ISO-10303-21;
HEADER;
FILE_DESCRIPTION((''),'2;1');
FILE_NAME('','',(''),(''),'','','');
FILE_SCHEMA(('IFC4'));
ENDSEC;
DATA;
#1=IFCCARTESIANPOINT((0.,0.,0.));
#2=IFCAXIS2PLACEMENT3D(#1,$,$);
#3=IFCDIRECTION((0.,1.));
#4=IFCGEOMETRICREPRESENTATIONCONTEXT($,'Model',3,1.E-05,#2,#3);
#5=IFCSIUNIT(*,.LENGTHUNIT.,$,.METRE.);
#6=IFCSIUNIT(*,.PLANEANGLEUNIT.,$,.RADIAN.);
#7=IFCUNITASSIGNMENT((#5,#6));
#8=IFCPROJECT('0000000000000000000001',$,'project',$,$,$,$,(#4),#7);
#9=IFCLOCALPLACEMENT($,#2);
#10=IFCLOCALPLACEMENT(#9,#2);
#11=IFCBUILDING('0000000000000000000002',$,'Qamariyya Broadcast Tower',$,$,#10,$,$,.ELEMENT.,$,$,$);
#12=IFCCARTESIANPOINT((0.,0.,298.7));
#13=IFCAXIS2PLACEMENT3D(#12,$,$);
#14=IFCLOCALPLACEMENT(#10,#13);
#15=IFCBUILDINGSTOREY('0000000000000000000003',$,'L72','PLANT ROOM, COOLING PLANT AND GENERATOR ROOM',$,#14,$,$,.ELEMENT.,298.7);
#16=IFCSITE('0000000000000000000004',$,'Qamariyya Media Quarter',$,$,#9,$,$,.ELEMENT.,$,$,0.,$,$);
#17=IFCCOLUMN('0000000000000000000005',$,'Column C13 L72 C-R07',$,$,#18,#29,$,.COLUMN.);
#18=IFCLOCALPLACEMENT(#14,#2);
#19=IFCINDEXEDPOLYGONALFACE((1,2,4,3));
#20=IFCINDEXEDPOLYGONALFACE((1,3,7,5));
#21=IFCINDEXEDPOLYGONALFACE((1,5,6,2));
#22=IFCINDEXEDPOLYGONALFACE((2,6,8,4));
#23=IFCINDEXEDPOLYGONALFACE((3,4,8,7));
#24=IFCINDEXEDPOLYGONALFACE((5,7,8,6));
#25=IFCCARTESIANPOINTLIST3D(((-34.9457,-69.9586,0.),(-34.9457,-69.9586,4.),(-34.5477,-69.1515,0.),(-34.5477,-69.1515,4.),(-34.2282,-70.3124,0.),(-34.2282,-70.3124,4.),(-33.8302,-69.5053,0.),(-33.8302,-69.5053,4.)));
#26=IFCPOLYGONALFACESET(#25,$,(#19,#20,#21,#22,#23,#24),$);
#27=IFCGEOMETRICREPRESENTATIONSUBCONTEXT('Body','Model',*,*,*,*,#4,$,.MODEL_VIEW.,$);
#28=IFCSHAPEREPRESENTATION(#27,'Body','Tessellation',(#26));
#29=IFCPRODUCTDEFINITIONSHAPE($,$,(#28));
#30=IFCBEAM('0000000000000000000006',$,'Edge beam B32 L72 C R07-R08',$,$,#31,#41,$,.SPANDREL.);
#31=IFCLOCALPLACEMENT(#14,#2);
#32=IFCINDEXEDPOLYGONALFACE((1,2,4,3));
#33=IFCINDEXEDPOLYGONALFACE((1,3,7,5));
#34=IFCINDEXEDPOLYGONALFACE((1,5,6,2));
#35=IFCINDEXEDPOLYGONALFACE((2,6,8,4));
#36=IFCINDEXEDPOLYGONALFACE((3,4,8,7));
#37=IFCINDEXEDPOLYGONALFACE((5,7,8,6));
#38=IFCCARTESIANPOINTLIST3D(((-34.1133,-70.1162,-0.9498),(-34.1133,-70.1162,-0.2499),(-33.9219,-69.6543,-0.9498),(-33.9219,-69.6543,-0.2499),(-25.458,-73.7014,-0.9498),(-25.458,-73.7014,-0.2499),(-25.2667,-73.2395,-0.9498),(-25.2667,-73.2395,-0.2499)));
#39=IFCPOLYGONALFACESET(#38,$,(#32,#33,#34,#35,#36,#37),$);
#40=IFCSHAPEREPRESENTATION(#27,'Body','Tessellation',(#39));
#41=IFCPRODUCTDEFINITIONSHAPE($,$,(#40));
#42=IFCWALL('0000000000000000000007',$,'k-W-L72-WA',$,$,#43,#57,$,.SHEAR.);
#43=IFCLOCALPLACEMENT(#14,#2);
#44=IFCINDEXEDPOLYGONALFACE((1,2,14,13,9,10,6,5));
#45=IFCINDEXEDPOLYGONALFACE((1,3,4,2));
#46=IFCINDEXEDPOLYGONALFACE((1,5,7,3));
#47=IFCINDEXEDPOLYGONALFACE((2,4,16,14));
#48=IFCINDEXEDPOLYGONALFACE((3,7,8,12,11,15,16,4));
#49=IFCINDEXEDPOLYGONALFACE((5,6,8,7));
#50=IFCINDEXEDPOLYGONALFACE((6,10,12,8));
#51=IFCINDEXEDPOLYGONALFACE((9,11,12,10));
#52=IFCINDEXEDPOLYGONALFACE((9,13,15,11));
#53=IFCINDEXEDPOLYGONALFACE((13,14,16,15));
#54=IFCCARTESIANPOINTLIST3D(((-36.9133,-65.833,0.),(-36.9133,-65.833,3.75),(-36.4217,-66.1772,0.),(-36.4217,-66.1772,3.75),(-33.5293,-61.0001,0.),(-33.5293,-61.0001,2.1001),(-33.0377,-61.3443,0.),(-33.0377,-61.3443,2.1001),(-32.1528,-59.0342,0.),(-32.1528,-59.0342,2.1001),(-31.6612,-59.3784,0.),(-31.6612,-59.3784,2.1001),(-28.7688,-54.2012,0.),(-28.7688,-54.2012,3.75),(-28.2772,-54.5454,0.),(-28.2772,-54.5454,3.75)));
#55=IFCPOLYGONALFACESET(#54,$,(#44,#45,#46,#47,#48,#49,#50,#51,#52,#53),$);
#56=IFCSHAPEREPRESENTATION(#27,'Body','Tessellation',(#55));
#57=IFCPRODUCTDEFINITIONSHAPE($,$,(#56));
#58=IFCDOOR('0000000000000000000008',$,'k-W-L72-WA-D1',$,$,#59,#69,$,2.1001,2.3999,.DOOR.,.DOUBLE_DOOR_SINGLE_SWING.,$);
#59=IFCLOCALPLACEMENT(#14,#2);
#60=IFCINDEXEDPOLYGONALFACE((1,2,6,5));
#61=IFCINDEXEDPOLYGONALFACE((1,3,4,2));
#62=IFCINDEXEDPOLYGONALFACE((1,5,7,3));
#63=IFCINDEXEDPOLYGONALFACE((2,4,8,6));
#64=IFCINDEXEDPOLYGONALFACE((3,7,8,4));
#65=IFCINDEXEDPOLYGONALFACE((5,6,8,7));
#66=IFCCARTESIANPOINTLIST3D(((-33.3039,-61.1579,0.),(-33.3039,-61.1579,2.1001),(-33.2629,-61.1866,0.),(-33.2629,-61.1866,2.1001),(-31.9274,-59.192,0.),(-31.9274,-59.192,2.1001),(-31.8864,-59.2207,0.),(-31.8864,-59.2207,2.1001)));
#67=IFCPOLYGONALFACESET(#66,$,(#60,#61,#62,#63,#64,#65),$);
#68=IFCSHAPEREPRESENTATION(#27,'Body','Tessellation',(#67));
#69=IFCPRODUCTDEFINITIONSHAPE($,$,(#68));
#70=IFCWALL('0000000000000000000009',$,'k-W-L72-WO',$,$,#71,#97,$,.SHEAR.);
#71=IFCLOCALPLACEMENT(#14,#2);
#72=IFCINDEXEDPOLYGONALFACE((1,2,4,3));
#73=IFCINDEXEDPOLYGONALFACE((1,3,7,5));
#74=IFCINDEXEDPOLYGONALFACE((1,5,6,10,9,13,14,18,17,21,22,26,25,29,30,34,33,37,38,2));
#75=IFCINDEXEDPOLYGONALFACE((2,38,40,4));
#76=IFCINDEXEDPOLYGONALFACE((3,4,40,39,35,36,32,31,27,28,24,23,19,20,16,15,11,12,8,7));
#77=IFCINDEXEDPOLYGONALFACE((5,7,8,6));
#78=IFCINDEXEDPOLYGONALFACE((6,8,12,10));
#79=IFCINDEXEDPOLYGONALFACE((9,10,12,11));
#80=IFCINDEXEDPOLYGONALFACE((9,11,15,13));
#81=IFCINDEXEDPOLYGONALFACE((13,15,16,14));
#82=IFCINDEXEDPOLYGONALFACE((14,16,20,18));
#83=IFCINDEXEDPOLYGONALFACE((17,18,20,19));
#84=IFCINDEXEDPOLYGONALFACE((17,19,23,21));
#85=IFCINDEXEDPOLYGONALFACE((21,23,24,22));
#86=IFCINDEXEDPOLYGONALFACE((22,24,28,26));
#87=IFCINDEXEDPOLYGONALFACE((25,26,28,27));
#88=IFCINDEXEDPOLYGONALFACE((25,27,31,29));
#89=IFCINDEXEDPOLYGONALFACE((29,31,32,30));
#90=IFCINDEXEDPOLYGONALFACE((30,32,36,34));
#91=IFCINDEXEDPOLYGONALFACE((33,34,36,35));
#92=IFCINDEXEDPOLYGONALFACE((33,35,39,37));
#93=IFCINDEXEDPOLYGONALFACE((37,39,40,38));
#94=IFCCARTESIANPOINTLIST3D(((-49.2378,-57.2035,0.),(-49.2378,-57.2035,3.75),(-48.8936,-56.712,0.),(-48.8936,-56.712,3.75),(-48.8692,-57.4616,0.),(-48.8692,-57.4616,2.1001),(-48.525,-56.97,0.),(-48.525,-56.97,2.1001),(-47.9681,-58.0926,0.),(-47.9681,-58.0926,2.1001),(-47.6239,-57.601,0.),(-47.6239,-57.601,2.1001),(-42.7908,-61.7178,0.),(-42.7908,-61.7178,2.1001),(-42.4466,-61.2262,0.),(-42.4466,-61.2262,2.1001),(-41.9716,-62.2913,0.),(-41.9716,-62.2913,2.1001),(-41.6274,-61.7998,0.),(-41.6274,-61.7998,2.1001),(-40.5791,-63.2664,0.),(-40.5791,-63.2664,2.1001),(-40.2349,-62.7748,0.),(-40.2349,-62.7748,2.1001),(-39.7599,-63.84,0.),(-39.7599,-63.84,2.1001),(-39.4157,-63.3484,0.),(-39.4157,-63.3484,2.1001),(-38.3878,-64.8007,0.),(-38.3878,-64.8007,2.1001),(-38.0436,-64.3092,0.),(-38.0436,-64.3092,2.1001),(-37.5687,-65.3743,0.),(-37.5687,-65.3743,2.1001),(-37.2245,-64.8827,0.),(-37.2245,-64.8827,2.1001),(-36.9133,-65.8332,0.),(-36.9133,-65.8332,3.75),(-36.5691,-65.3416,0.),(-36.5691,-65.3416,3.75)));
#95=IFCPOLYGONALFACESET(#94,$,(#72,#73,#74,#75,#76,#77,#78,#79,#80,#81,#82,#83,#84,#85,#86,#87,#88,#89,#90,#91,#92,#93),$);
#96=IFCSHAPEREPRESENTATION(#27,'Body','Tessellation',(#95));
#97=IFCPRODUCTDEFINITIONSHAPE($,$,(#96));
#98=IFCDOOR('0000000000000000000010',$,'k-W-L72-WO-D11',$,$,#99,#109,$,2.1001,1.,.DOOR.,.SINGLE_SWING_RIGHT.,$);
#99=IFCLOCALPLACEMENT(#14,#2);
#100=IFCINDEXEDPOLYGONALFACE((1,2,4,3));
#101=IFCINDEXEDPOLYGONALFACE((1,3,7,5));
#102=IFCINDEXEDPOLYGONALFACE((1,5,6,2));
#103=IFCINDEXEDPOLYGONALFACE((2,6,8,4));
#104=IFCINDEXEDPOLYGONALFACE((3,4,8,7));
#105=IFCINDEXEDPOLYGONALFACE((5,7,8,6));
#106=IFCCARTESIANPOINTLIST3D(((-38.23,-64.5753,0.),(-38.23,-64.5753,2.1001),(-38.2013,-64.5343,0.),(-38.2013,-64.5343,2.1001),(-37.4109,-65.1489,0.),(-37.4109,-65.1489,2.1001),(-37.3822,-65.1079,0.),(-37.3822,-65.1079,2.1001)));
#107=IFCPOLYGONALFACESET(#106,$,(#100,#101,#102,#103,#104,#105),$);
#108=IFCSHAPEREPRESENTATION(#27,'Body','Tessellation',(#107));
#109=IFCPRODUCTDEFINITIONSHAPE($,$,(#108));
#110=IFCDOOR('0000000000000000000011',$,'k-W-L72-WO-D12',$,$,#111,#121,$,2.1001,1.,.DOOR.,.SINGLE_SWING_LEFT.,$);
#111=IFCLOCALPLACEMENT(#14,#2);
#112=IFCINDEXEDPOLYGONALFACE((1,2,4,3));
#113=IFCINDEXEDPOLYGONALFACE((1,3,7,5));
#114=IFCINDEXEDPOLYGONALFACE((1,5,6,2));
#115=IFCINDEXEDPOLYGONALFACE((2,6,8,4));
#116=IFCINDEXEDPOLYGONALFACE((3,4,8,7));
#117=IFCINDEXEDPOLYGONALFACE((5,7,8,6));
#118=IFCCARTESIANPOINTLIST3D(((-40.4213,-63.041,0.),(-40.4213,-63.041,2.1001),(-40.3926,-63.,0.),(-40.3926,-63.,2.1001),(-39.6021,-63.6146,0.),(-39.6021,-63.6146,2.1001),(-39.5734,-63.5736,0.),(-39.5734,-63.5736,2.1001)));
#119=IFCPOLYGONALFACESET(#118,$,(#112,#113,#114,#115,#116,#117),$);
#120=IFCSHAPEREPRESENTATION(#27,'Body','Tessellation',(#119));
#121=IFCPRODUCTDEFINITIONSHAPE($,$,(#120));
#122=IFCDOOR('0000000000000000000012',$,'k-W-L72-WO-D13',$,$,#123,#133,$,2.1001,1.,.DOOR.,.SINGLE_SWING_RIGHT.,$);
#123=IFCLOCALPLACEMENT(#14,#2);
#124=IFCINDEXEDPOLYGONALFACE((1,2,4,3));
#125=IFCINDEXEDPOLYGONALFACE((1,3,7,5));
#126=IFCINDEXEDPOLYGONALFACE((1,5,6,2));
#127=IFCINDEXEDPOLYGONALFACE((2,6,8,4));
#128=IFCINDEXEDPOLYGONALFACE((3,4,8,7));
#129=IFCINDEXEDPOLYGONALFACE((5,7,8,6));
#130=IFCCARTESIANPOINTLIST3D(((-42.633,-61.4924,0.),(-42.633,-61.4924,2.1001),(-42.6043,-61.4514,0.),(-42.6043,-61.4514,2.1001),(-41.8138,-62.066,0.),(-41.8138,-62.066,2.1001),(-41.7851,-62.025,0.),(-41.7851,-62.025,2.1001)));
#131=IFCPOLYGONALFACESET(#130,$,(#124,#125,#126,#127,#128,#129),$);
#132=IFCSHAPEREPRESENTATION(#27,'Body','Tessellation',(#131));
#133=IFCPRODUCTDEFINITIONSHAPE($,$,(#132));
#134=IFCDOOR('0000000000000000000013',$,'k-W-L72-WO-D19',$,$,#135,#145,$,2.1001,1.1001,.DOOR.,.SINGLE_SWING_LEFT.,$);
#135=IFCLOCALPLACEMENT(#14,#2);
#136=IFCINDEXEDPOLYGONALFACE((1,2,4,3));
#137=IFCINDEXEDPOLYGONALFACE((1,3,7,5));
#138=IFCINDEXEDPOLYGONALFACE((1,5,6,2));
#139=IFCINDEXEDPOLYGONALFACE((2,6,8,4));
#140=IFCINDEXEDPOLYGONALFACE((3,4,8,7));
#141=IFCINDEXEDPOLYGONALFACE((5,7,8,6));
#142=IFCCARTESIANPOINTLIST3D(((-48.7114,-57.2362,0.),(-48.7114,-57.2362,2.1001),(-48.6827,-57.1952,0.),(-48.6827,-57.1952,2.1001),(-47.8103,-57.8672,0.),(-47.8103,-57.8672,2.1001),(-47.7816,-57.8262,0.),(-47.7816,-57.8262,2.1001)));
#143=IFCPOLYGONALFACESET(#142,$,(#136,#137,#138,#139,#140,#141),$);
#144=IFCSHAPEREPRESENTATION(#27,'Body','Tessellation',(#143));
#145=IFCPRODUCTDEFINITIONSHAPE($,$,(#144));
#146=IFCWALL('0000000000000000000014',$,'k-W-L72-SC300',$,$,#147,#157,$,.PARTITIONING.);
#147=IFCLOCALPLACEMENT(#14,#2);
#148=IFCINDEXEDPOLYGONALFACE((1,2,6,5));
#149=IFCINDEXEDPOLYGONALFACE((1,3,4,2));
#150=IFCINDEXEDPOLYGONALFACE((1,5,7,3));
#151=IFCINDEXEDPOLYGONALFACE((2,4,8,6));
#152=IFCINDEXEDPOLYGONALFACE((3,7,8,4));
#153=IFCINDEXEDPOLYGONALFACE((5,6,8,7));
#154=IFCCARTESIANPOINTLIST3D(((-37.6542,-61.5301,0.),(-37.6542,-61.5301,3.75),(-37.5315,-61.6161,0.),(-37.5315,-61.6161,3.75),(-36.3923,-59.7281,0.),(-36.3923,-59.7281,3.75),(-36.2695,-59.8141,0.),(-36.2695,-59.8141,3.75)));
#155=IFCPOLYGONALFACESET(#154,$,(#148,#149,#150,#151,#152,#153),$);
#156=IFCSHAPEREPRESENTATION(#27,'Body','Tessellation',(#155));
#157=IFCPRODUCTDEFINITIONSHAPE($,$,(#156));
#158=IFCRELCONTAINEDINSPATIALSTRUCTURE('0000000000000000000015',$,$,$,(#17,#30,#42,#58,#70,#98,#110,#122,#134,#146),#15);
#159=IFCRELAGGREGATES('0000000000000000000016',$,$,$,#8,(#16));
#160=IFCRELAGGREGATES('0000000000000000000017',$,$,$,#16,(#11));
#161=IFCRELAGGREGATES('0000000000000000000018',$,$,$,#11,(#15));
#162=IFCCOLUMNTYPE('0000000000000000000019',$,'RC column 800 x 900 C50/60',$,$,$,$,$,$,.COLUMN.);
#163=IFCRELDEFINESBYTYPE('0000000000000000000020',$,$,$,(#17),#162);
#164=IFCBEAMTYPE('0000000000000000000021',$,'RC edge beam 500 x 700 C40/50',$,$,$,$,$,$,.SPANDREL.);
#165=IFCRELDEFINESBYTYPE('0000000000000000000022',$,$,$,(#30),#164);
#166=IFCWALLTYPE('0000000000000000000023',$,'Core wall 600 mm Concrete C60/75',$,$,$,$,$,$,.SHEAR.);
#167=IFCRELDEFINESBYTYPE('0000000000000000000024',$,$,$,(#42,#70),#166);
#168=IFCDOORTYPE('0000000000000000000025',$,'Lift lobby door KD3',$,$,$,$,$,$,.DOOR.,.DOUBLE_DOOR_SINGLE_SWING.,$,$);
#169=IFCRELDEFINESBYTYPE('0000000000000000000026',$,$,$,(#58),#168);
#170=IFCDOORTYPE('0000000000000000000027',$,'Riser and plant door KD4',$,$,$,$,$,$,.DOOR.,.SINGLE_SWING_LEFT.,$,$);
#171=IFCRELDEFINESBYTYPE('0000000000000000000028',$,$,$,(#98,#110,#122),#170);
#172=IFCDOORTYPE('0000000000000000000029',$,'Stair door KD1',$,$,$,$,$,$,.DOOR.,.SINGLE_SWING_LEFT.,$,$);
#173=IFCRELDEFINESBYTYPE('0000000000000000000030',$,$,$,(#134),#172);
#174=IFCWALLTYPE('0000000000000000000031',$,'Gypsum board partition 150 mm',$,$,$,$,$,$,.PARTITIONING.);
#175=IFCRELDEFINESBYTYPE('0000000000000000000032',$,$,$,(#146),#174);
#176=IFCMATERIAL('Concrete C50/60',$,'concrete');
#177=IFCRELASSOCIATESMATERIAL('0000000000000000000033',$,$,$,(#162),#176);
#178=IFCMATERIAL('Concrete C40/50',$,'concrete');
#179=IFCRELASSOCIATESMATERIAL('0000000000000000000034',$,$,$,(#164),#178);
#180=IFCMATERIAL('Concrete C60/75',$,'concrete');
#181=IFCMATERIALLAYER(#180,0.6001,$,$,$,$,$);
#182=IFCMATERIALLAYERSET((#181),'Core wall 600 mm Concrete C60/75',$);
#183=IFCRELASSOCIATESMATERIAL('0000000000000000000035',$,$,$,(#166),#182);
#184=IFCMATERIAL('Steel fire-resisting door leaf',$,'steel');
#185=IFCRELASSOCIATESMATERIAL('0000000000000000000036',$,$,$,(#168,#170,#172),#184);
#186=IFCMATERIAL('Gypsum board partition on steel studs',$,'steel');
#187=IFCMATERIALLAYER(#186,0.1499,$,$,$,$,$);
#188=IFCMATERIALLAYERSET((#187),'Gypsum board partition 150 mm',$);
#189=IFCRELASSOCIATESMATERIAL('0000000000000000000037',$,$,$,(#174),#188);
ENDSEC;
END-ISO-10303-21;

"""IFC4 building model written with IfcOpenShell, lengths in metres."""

from ifc_helpers import new_model, si_unit, direction, frame, frame_2d, origin, origin_2d, place, context, subcontext, project, spatial, rectangle, extrude, material, layer, layer_set, material_profile, profile_set, type_object, element, fill, save


model = new_model("IFC4")

# Units and contexts
model_context = context("Model", 3, precision=1e-05, world=origin(), true_north=direction((0.0, 1.0)))
body_context = subcontext(model_context, "Body", "Model", "MODEL_VIEW")
ifc_project = project(units=[si_unit("LENGTHUNIT", "METRE"), si_unit("PLANEANGLEUNIT", "RADIAN")], contexts=[model_context])

# Site, building, storey
site_placement = place(None, origin())
site = spatial("IfcSite", under=ifc_project, at=site_placement, Name="Qamariyya Media Quarter", CompositionType="ELEMENT", RefElevation=0.0)
building_placement = place(site_placement, origin())
building = spatial("IfcBuilding", under=site, at=building_placement, Name="Qamariyya Broadcast Tower", CompositionType="ELEMENT")
storey_placement = place(building_placement, frame((0.0, 0.0, 298.7)))
storey = spatial("IfcBuildingStorey", under=building, at=storey_placement, Name="L72", Description="PLANT ROOM, COOLING PLANT AND GENERATOR ROOM", CompositionType="ELEMENT", Elevation=298.7)

# Column
ifc_material_1 = material(Name="Concrete C50/60", Category="concrete")
ifc_material_profile_1 = material_profile(ifc_material_1, rectangle(XDim=0.8, YDim=0.8999, at=origin_2d()))
ifc_profile_set_1 = profile_set([ifc_material_profile_1], Name="Concrete C50/60")
column_type = type_object("IfcColumnType", Name="RC column 800 x 900 C50/60", PredefinedType="COLUMN", material=ifc_profile_set_1)
column_placement = place(storey_placement, frame((-34.3879, -69.7319, 0.0), z_axis=(0.0, 0.0, 1.0), x_axis=(0.896873, -0.442289, 0.0)))
element("IfcColumn", 1, at=column_placement, inside=storey, type_object=column_type, Name="Column C13 L72 C-R07", PredefinedType="COLUMN", context=body_context, shape_type="SweptSolid", body=[
    extrude(rectangle(XDim=0.8, YDim=0.8999, at=origin_2d()), origin(), (0.0, 0.0, 1.0), 4.0),
])

# Beam
ifc_material_2 = material(Name="Concrete C40/50", Category="concrete")
ifc_material_profile_2 = material_profile(ifc_material_2, rectangle(XDim=0.5, YDim=0.7, at=origin_2d()))
ifc_profile_set_2 = profile_set([ifc_material_profile_2], Name="Concrete C40/50")
beam_type = type_object("IfcBeamType", Name="RC edge beam 500 x 700 C40/50", PredefinedType="SPANDREL", material=ifc_profile_set_2)
beam_placement = place(storey_placement, frame((-34.0176, -69.8853, -0.5999), z_axis=(0.923877, -0.38269, 0.0), x_axis=(0.38269, 0.923877, 0.0)))
element("IfcBeam", 2, at=beam_placement, inside=storey, type_object=beam_type, Name="Edge beam B32 L72 C R07-R08", PredefinedType="SPANDREL", context=body_context, shape_type="SweptSolid", body=[
    extrude(rectangle(XDim=0.5, YDim=0.7, at=origin_2d()), origin(), (0.0, 0.0, 1.0), 9.3684),
])

# Wall, opening, door
ifc_material_3 = material(Name="Concrete C60/75", Category="concrete")
ifc_layer_1 = layer(ifc_material_3, 0.6001)
ifc_layer_set_1 = layer_set([ifc_layer_1], Name="Core wall 600 mm Concrete C60/75")
wall_type_1 = type_object("IfcWallType", Name="Core wall 600 mm Concrete C60/75", PredefinedType="SHEAR", material=ifc_layer_set_1)
wall_1_placement = place(storey_placement, frame((-36.6675, -66.0051, 0.0), z_axis=(0.0, 0.0, 1.0), x_axis=(0.573568, 0.819158, 0.0)))
wall_1 = element("IfcWall", 3, at=wall_1_placement, inside=storey, type_object=wall_type_1, Name="k-W-L72-WA", PredefinedType="SHEAR", context=body_context, shape_type="SweptSolid", body=[
    extrude(rectangle(XDim=14.1997, YDim=0.6001, at=frame_2d((7.0999, 0.0))), origin(), (0.0, 0.0, 1.0), 3.75),
])
opening_1_placement = place(wall_1_placement, frame((5.8999, 0.0, 0.0)))
opening_1 = element("IfcOpeningElement", 4, at=opening_1_placement, cuts=wall_1, PredefinedType="OPENING", context=body_context, shape_type="SweptSolid", body=[
    extrude(rectangle(XDim=2.3999, YDim=2.1001, at=frame_2d((1.2, 1.05))), frame((0.0, 0.3101, 0.0), z_axis=(0.0, -1.0, 0.0), x_axis=(1.0, 0.0, 0.0)), (0.0, 0.0, 1.0), 0.6201),
])
ifc_material_4 = material(Name="Steel fire-resisting door leaf", Category="steel")
door_type_1 = type_object("IfcDoorType", Name="Lift lobby door KD3", OperationType="DOUBLE_DOOR_SINGLE_SWING", PredefinedType="DOOR", material=ifc_material_4)
door_1_placement = place(opening_1_placement, origin())
door_1 = element("IfcDoor", 5, at=door_1_placement, inside=storey, type_object=door_type_1, Name="k-W-L72-WA-D1", OperationType="DOUBLE_DOOR_SINGLE_SWING", OverallHeight=2.1001, OverallWidth=2.3999, PredefinedType="DOOR", context=body_context, shape_type="SweptSolid", body=[
    extrude(rectangle(XDim=2.3999, YDim=2.1001, at=frame_2d((1.2, 1.05))), frame((0.0, 0.0249, 0.0), z_axis=(0.0, -1.0, 0.0), x_axis=(1.0, 0.0, 0.0)), (0.0, 0.0, 1.0), 0.05),
])
fill(opening_1, door_1)

# Wall, openings, doors
wall_2_placement = place(storey_placement, frame((-36.7412, -65.5874, 0.0), z_axis=(0.0, 0.0, 1.0), x_axis=(-0.819153, 0.573575, 0.0)))
wall_2 = element("IfcWall", 6, at=wall_2_placement, inside=storey, type_object=wall_type_1, Name="k-W-L72-WO", PredefinedType="SHEAR", context=body_context, shape_type="SweptSolid", body=[
    extrude(rectangle(XDim=15.0454, YDim=0.6001, at=frame_2d((7.5227, 0.0))), origin(), (0.0, 0.0, 1.0), 3.75),
])
opening_2_placement = place(wall_2_placement, frame((0.8, 0.0, 0.0)))
opening_2 = element("IfcOpeningElement", 7, at=opening_2_placement, cuts=wall_2, PredefinedType="OPENING", context=body_context, shape_type="SweptSolid", body=[
    extrude(rectangle(XDim=1.0, YDim=2.1001, at=frame_2d((0.5, 1.05))), frame((0.0, 0.3101, 0.0), z_axis=(0.0, -1.0, 0.0), x_axis=(1.0, 0.0, 0.0)), (0.0, 0.0, 1.0), 0.6201),
])
opening_3_placement = place(wall_2_placement, frame((3.4751, 0.0, 0.0)))
opening_3 = element("IfcOpeningElement", 8, at=opening_3_placement, cuts=wall_2, PredefinedType="OPENING", context=body_context, shape_type="SweptSolid", body=[
    extrude(rectangle(XDim=1.0, YDim=2.1001, at=frame_2d((0.5, 1.05))), frame((0.0, 0.3101, 0.0), z_axis=(0.0, -1.0, 0.0), x_axis=(1.0, 0.0, 0.0)), (0.0, 0.0, 1.0), 0.6201),
])
opening_4_placement = place(wall_2_placement, frame((6.175, 0.0, 0.0)))
opening_4 = element("IfcOpeningElement", 9, at=opening_4_placement, cuts=wall_2, PredefinedType="OPENING", context=body_context, shape_type="SweptSolid", body=[
    extrude(rectangle(XDim=1.0, YDim=2.1001, at=frame_2d((0.5, 1.05))), frame((0.0, 0.3101, 0.0), z_axis=(0.0, -1.0, 0.0), x_axis=(1.0, 0.0, 0.0)), (0.0, 0.0, 1.0), 0.6201),
])
opening_5_placement = place(wall_2_placement, frame((13.4954, 0.0, 0.0)))
opening_5 = element("IfcOpeningElement", 10, at=opening_5_placement, cuts=wall_2, PredefinedType="OPENING", context=body_context, shape_type="SweptSolid", body=[
    extrude(rectangle(XDim=1.1001, YDim=2.1001, at=frame_2d((0.55, 1.05))), frame((0.0, 0.3101, 0.0), z_axis=(0.0, -1.0, 0.0), x_axis=(1.0, 0.0, 0.0)), (0.0, 0.0, 1.0), 0.6201),
])
door_type_2 = type_object("IfcDoorType", Name="Riser and plant door KD4", OperationType="SINGLE_SWING_LEFT", PredefinedType="DOOR", material=ifc_material_4)
door_2_placement = place(opening_2_placement, origin())
door_2 = element("IfcDoor", 11, at=door_2_placement, inside=storey, type_object=door_type_2, Name="k-W-L72-WO-D11", OperationType="SINGLE_SWING_RIGHT", OverallHeight=2.1001, OverallWidth=1.0, PredefinedType="DOOR", context=body_context, shape_type="SweptSolid", body=[
    extrude(rectangle(XDim=1.0, YDim=2.1001, at=frame_2d((0.5, 1.05))), frame((0.0, 0.0249, 0.0), z_axis=(0.0, -1.0, 0.0), x_axis=(1.0, 0.0, 0.0)), (0.0, 0.0, 1.0), 0.05),
])
fill(opening_2, door_2)
door_3_placement = place(opening_3_placement, origin())
door_3 = element("IfcDoor", 12, at=door_3_placement, inside=storey, type_object=door_type_2, Name="k-W-L72-WO-D12", OperationType="SINGLE_SWING_LEFT", OverallHeight=2.1001, OverallWidth=1.0, PredefinedType="DOOR", context=body_context, shape_type="SweptSolid", body=[
    extrude(rectangle(XDim=1.0, YDim=2.1001, at=frame_2d((0.5, 1.05))), frame((0.0, 0.0249, 0.0), z_axis=(0.0, -1.0, 0.0), x_axis=(1.0, 0.0, 0.0)), (0.0, 0.0, 1.0), 0.05),
])
fill(opening_3, door_3)
door_4_placement = place(opening_4_placement, origin())
door_4 = element("IfcDoor", 13, at=door_4_placement, inside=storey, type_object=door_type_2, Name="k-W-L72-WO-D13", OperationType="SINGLE_SWING_RIGHT", OverallHeight=2.1001, OverallWidth=1.0, PredefinedType="DOOR", context=body_context, shape_type="SweptSolid", body=[
    extrude(rectangle(XDim=1.0, YDim=2.1001, at=frame_2d((0.5, 1.05))), frame((0.0, 0.0249, 0.0), z_axis=(0.0, -1.0, 0.0), x_axis=(1.0, 0.0, 0.0)), (0.0, 0.0, 1.0), 0.05),
])
fill(opening_4, door_4)
door_type_3 = type_object("IfcDoorType", Name="Stair door KD1", OperationType="SINGLE_SWING_LEFT", PredefinedType="DOOR", material=ifc_material_4)
door_5_placement = place(opening_5_placement, origin())
door_5 = element("IfcDoor", 14, at=door_5_placement, inside=storey, type_object=door_type_3, Name="k-W-L72-WO-D19", OperationType="SINGLE_SWING_LEFT", OverallHeight=2.1001, OverallWidth=1.1001, PredefinedType="DOOR", context=body_context, shape_type="SweptSolid", body=[
    extrude(rectangle(XDim=1.1001, YDim=2.1001, at=frame_2d((0.55, 1.05))), frame((0.0, 0.0249, 0.0), z_axis=(0.0, -1.0, 0.0), x_axis=(1.0, 0.0, 0.0)), (0.0, 0.0, 1.0), 0.05),
])
fill(opening_5, door_5)

# Wall
ifc_material_5 = material(Name="Gypsum board partition on steel studs", Category="steel")
ifc_layer_2 = layer(ifc_material_5, 0.1499)
ifc_layer_set_2 = layer_set([ifc_layer_2], Name="Gypsum board partition 150 mm")
wall_type_2 = type_object("IfcWallType", Name="Gypsum board partition 150 mm", PredefinedType="PARTITIONING", material=ifc_layer_set_2)
for number, where, z_axis, x_axis, name in (
    (15, (-36.3308, -59.771, 0.0), (0.0, 0.0, 1.0), (-0.573634, -0.819112, 0.0), "k-W-L72-SC300"),
):
    element("IfcWall", number, at=place(storey_placement, frame(where, z_axis=z_axis, x_axis=x_axis)), inside=storey, type_object=wall_type_2, Name=name, PredefinedType="PARTITIONING", context=body_context, shape_type="SweptSolid", body=[
        extrude(rectangle(XDim=2.2, YDim=0.1499, at=frame_2d((1.1001, 0.0))), origin(), (0.0, 0.0, 1.0), 3.75),
    ])

save(model, "model.ifc")
